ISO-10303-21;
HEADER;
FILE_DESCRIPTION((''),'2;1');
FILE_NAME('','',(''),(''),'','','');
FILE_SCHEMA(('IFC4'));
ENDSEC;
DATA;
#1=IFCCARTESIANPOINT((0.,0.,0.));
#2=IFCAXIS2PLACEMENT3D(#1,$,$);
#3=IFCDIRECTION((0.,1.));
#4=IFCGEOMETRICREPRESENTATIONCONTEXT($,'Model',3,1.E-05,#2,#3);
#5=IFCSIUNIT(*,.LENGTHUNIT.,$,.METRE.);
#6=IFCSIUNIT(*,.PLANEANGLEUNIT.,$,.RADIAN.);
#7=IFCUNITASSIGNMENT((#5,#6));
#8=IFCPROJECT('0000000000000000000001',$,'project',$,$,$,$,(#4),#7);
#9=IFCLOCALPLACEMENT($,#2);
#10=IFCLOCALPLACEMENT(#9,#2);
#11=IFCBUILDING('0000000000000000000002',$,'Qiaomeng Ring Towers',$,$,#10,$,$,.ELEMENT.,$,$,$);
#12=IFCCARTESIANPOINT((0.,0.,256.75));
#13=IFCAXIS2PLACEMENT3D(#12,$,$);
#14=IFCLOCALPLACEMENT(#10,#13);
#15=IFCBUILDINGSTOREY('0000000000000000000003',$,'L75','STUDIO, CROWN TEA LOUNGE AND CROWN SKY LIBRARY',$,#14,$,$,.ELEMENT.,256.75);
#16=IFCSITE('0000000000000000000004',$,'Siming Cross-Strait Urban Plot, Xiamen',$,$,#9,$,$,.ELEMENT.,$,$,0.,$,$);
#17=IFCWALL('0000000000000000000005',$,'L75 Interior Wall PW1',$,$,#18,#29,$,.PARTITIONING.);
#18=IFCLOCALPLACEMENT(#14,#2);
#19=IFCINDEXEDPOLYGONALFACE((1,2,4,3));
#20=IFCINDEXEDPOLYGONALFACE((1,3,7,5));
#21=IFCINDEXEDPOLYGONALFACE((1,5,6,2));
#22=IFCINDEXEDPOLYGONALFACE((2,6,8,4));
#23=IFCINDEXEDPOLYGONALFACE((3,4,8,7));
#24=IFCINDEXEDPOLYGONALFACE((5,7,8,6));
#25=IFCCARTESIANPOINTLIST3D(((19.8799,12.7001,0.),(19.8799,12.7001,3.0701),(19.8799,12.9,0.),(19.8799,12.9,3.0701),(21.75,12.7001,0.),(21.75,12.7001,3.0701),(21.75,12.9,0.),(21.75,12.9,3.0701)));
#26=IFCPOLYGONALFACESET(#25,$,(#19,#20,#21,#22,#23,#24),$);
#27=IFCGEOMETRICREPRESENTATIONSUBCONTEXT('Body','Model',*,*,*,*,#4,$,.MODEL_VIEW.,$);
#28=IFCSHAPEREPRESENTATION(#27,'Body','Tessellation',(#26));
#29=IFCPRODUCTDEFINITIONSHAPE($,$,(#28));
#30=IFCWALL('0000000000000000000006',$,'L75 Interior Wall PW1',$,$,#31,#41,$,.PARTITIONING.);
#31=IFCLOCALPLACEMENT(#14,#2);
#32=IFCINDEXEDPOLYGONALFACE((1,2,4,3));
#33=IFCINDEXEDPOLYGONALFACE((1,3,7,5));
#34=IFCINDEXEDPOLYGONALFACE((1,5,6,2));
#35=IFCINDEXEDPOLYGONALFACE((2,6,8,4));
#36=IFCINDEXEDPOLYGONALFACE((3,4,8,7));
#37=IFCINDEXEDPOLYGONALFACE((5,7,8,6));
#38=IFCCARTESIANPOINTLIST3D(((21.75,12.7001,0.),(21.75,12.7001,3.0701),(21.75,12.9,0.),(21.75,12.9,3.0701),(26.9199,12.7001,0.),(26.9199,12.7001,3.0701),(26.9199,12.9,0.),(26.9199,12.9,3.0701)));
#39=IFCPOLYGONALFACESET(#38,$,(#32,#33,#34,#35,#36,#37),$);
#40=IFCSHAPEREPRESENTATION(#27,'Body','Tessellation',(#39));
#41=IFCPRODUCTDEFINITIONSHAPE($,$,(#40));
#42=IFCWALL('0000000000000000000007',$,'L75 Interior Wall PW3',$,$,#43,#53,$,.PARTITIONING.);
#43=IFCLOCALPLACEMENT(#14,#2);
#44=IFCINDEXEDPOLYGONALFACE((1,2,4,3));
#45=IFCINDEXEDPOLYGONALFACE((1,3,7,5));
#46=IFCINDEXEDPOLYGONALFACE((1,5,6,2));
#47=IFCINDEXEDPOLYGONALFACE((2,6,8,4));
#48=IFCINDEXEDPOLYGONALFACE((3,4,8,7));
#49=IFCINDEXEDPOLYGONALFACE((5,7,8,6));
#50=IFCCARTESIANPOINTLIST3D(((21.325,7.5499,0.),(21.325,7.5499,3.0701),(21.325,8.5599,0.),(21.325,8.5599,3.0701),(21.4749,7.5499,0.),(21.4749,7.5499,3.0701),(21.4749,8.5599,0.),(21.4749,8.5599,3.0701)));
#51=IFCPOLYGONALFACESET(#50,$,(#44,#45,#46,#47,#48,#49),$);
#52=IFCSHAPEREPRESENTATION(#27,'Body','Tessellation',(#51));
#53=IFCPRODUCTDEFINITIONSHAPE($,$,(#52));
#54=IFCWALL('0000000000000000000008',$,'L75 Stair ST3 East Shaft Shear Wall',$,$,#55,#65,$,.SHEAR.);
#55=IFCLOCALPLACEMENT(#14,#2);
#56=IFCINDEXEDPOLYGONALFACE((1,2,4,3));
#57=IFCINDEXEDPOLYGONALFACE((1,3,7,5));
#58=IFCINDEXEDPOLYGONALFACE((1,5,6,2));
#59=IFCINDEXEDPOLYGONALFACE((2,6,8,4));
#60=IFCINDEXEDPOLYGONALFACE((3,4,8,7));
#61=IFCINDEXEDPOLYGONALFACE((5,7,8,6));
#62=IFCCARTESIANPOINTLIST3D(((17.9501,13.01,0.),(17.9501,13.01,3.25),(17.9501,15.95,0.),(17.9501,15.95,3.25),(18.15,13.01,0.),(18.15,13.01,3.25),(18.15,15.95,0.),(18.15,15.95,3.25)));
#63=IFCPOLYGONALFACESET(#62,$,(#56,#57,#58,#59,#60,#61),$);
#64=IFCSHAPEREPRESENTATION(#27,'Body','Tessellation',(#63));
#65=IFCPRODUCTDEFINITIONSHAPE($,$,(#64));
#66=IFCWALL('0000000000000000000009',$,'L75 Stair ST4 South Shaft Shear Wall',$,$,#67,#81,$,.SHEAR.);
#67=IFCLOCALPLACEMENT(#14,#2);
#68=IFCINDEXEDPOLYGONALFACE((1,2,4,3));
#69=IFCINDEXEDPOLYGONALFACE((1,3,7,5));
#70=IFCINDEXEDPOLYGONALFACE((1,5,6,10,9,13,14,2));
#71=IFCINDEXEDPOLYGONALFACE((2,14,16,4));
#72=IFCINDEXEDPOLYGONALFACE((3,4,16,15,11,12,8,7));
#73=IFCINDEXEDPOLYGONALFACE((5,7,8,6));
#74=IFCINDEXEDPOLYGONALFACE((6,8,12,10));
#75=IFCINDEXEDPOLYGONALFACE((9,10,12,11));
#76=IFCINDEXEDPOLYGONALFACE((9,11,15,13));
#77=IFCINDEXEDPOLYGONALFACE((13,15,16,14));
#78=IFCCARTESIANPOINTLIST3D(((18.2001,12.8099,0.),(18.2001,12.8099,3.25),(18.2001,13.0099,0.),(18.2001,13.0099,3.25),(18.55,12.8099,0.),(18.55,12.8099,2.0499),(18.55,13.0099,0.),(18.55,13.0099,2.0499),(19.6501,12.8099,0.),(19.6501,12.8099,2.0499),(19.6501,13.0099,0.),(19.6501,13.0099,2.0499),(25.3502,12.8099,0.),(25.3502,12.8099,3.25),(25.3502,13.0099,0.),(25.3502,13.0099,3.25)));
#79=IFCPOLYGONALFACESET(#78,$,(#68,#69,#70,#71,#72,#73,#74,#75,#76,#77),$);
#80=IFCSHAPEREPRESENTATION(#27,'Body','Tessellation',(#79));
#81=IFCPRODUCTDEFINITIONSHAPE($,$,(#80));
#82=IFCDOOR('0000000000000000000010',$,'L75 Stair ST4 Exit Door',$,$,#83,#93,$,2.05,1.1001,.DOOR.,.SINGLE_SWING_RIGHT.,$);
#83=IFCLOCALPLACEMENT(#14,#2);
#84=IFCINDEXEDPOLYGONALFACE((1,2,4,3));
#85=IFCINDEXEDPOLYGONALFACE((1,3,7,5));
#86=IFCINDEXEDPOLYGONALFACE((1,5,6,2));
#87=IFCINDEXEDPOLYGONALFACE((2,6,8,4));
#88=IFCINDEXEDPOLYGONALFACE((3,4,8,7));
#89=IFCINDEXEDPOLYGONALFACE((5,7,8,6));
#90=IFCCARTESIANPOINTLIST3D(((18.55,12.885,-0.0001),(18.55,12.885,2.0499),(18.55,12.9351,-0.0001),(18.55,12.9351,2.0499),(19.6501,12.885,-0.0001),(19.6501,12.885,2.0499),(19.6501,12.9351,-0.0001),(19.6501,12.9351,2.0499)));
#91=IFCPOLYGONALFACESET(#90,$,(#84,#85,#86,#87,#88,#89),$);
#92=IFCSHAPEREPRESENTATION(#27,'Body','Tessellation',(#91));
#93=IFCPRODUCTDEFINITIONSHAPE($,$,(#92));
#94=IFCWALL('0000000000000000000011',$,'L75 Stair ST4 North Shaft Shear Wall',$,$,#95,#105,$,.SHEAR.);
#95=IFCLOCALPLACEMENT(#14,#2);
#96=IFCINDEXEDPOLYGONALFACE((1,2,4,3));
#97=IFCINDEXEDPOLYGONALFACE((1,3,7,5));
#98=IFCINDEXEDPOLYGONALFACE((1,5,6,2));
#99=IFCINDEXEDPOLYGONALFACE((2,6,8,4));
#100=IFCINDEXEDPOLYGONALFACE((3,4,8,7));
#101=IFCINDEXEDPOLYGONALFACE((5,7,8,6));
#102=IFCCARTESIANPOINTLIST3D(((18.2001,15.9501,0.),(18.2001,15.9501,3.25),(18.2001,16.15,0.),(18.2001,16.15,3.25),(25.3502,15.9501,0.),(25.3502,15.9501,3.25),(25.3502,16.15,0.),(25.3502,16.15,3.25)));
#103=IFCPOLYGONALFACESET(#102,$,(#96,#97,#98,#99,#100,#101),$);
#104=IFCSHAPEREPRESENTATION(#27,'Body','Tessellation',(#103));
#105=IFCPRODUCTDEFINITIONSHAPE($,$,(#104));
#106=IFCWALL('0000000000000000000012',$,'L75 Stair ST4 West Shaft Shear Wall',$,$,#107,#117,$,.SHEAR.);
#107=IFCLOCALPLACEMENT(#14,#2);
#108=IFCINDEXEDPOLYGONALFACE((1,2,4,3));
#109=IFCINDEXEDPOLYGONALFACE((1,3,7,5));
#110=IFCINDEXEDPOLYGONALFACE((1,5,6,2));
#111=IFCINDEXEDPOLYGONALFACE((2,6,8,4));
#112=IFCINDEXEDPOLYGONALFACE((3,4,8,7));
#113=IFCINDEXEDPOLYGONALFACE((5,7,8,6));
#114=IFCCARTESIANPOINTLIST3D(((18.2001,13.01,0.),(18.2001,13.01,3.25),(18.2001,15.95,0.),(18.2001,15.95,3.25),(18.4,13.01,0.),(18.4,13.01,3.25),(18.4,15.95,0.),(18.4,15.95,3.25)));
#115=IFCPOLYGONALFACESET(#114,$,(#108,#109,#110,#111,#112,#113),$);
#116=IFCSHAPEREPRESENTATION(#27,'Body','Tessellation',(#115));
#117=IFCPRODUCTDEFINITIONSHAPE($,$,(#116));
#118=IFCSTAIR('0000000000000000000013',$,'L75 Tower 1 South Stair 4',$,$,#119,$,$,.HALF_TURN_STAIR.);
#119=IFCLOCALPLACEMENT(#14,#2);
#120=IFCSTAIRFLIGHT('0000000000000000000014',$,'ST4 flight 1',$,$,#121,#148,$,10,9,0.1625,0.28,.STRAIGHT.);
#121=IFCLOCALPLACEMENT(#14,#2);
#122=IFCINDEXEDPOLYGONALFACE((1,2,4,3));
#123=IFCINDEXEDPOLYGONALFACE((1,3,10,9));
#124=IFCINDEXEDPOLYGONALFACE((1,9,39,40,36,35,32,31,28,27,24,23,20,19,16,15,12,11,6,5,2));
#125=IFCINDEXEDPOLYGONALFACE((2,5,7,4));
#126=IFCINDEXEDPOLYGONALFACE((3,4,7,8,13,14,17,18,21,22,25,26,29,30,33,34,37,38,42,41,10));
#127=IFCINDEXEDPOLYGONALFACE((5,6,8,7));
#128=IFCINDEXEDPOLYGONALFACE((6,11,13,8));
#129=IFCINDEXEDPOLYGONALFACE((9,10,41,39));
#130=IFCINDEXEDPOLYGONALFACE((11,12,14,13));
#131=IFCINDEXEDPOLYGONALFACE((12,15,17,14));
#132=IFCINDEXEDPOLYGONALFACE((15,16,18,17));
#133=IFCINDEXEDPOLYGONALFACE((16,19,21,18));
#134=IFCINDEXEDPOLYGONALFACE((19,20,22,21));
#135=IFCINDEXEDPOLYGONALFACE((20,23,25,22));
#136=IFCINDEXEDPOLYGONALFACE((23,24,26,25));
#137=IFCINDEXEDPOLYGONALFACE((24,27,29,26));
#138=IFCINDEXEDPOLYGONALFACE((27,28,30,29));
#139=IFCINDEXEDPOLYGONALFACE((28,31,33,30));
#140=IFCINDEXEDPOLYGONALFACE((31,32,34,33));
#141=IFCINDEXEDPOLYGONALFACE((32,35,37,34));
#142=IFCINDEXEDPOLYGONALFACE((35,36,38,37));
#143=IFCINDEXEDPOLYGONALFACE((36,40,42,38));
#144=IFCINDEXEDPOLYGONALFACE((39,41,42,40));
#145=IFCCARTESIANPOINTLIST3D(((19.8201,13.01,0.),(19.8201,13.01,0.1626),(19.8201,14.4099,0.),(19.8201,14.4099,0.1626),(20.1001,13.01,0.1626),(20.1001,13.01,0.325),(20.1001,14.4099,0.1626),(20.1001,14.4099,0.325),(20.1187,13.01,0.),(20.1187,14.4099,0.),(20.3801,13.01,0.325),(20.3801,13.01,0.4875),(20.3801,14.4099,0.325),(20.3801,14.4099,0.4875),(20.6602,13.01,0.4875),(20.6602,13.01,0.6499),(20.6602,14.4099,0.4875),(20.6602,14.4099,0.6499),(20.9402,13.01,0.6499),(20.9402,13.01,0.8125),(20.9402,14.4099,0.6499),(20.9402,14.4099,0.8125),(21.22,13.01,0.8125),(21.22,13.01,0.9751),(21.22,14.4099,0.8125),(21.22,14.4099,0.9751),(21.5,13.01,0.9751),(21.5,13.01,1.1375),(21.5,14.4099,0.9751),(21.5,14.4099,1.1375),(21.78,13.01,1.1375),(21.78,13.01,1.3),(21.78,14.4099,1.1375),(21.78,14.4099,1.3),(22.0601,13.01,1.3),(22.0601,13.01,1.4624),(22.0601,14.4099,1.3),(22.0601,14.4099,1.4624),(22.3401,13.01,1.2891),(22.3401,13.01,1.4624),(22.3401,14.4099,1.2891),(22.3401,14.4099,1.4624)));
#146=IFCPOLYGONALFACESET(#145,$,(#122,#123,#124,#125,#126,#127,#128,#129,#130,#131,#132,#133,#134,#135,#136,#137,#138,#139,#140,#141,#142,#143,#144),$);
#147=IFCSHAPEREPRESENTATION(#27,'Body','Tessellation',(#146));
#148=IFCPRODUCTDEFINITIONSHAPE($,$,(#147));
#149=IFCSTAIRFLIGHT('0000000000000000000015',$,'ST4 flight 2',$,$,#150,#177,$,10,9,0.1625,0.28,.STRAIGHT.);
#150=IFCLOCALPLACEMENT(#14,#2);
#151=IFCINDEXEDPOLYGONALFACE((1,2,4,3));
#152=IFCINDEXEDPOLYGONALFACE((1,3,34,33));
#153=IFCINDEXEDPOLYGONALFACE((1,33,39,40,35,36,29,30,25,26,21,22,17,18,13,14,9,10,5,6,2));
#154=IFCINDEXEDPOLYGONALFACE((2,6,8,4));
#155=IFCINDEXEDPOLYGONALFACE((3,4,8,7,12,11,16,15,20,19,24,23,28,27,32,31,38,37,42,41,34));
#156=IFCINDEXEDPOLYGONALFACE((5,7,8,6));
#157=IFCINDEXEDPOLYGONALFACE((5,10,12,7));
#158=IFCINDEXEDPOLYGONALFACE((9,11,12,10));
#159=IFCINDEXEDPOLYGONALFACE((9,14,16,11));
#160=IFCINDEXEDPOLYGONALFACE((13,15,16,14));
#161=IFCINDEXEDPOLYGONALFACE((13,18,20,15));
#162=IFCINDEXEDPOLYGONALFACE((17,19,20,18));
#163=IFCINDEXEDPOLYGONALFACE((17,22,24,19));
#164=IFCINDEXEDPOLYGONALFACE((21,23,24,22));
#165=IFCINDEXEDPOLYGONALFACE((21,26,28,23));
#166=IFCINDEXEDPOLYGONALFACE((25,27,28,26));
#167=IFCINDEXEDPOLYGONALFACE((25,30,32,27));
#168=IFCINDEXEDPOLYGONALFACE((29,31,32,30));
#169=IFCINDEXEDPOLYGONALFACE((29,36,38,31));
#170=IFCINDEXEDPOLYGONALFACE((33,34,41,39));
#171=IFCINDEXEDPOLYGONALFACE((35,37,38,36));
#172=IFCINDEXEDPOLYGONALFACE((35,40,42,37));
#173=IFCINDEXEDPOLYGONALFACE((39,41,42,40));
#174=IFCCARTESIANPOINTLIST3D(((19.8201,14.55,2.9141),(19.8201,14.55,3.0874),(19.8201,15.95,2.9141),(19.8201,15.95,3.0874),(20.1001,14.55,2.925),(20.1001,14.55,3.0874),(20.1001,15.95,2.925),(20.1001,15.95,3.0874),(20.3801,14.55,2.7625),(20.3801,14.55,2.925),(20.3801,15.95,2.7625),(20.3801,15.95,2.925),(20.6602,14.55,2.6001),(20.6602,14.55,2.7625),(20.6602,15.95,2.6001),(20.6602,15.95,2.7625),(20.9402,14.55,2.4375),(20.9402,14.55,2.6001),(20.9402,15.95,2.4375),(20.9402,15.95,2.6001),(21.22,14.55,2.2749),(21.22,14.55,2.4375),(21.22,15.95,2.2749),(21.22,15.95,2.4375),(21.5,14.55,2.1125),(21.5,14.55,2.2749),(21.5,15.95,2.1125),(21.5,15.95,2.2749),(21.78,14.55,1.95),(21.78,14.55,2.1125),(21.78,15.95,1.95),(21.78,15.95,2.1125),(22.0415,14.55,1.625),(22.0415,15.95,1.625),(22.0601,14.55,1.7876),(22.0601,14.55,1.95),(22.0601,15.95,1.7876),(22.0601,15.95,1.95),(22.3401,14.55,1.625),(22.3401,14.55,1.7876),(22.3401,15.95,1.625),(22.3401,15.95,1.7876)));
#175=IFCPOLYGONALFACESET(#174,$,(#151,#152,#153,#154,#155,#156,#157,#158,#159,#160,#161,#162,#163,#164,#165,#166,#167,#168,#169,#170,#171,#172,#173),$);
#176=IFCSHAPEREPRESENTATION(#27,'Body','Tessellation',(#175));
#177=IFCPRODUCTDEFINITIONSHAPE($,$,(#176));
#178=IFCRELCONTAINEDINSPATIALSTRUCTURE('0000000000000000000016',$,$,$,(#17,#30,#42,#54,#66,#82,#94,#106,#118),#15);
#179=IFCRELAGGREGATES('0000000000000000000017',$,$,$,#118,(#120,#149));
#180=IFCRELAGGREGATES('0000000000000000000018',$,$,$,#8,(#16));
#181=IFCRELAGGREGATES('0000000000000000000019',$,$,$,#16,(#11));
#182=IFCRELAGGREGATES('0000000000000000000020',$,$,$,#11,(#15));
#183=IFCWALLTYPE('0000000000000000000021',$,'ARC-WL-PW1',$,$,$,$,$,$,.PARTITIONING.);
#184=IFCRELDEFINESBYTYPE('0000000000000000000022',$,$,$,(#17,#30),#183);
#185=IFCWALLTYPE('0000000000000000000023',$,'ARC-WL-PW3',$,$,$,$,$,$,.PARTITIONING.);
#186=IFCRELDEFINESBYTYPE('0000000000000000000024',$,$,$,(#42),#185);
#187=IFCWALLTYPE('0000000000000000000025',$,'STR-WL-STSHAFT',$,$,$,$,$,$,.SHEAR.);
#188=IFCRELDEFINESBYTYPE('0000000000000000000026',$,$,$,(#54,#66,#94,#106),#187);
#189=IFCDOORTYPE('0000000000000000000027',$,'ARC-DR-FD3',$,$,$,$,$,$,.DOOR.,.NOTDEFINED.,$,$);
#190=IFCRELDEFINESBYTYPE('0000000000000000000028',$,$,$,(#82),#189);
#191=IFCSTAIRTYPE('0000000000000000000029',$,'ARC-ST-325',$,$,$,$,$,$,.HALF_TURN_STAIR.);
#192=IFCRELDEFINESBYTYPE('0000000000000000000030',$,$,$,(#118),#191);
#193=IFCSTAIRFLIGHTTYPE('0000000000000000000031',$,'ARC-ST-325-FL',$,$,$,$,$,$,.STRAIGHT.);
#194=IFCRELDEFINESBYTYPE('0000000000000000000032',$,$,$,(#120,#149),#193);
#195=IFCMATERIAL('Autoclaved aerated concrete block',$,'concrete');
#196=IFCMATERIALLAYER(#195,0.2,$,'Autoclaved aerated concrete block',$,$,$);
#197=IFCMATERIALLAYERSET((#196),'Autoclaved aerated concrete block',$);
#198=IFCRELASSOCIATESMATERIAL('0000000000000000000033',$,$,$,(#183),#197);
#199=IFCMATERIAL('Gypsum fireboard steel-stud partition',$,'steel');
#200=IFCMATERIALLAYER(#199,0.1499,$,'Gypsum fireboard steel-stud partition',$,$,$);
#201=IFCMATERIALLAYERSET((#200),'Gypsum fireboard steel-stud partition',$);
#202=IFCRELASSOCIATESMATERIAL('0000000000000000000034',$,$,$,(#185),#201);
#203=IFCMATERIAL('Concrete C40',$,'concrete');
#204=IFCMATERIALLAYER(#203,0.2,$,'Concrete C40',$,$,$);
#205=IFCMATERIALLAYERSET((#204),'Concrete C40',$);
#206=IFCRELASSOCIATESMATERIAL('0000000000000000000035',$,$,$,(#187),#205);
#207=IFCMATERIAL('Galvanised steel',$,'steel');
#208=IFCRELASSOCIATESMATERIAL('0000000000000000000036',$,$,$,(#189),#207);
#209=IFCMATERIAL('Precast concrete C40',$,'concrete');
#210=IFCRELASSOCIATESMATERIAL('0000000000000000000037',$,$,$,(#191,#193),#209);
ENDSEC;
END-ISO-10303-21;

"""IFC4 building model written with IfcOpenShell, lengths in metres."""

from ifc_helpers import new_model, si_unit, direction, frame, frame_2d, origin, place, context, subcontext, project, spatial, polyline, rectangle, outline, extrude, source, transform, mapped, material, layer, layer_set, type_object, element, fill, aggregate, save


model = new_model("IFC4")

# Units and contexts
model_context = context("Model", 3, precision=1e-05, world=origin(), true_north=direction((0.0, 1.0)))
body_context = subcontext(model_context, "Body", "Model", "MODEL_VIEW")
ifc_project = project(units=[si_unit("LENGTHUNIT", "METRE"), si_unit("PLANEANGLEUNIT", "RADIAN")], contexts=[model_context])

# Site, building, storey
site_placement = place(None, origin())
site = spatial("IfcSite", under=ifc_project, at=site_placement, Name="Siming Cross-Strait Urban Plot, Xiamen", CompositionType="ELEMENT", RefElevation=0.0)
building_placement = place(site_placement, origin())
building = spatial("IfcBuilding", under=site, at=building_placement, Name="Qiaomeng Ring Towers", CompositionType="ELEMENT")
storey_placement = place(building_placement, frame((0.0, 0.0, 256.75)))
storey = spatial("IfcBuildingStorey", under=building, at=storey_placement, Name="L75", Description="STUDIO, CROWN TEA LOUNGE AND CROWN SKY LIBRARY", CompositionType="ELEMENT", Elevation=256.75)

# Walls
ifc_material_1 = material(Name="Autoclaved aerated concrete block", Category="concrete")
ifc_layer_1 = layer(ifc_material_1, 0.2, Name="Autoclaved aerated concrete block")
ifc_layer_set_1 = layer_set([ifc_layer_1], Name="Autoclaved aerated concrete block")
wall_type_1 = type_object("IfcWallType", Name="ARC-WL-PW1", PredefinedType="PARTITIONING", material=ifc_layer_set_1)
wall_1_placement = place(storey_placement, frame((19.8799, 12.8, 0.0), z_axis=(0.0, 0.0, 1.0), x_axis=(1.0, 0.0, 0.0)))
element("IfcWall", 1, at=wall_1_placement, inside=storey, type_object=wall_type_1, Name="L75 Interior Wall PW1", PredefinedType="PARTITIONING", context=body_context, shape_type="SweptSolid", body=[
    extrude(rectangle(XDim=1.8701, YDim=0.2, at=frame_2d((0.9351, 0.0))), origin(), (0.0, 0.0, 1.0), 3.0701),
])
wall_2_placement = place(storey_placement, frame((21.75, 12.8, 0.0), z_axis=(0.0, 0.0, 1.0), x_axis=(1.0, 0.0, 0.0)))
element("IfcWall", 2, at=wall_2_placement, inside=storey, type_object=wall_type_1, Name="L75 Interior Wall PW1", PredefinedType="PARTITIONING", context=body_context, shape_type="SweptSolid", body=[
    extrude(rectangle(XDim=5.1699, YDim=0.2, at=frame_2d((2.585, 0.0))), origin(), (0.0, 0.0, 1.0), 3.0701),
])
ifc_material_2 = material(Name="Gypsum fireboard steel-stud partition", Category="steel")
ifc_layer_2 = layer(ifc_material_2, 0.1499, Name="Gypsum fireboard steel-stud partition")
ifc_layer_set_2 = layer_set([ifc_layer_2], Name="Gypsum fireboard steel-stud partition")
wall_type_2 = type_object("IfcWallType", Name="ARC-WL-PW3", PredefinedType="PARTITIONING", material=ifc_layer_set_2)
wall_3_placement = place(storey_placement, frame((21.3999, 7.55, 0.0), z_axis=(0.0, 0.0, 1.0), x_axis=(0.0, 1.0, 0.0)))
element("IfcWall", 3, at=wall_3_placement, inside=storey, type_object=wall_type_2, Name="L75 Interior Wall PW3", PredefinedType="PARTITIONING", context=body_context, shape_type="SweptSolid", body=[
    extrude(rectangle(XDim=1.01, YDim=0.1499, at=frame_2d((0.5049, 0.0))), origin(), (0.0, 0.0, 1.0), 3.0701),
])
ifc_material_3 = material(Name="Concrete C40", Category="concrete")
ifc_layer_3 = layer(ifc_material_3, 0.2, Name="Concrete C40")
ifc_layer_set_3 = layer_set([ifc_layer_3], Name="Concrete C40")
wall_type_3 = type_object("IfcWallType", Name="STR-WL-STSHAFT", PredefinedType="SHEAR", material=ifc_layer_set_3)
wall_4_placement = place(storey_placement, frame((18.05, 13.01, 0.0), z_axis=(0.0, 0.0, 1.0), x_axis=(0.0, 1.0, 0.0)))
element("IfcWall", 4, at=wall_4_placement, inside=storey, type_object=wall_type_3, Name="L75 Stair ST3 East Shaft Shear Wall", PredefinedType="SHEAR", context=body_context, shape_type="SweptSolid", body=[
    extrude(rectangle(XDim=2.9399, YDim=0.2, at=frame_2d((1.47, 0.0))), origin(), (0.0, 0.0, 1.0), 3.25),
])

# Wall, opening, door
wall_5_placement = place(storey_placement, frame((18.2, 12.9099, 0.0), z_axis=(0.0, 0.0, 1.0), x_axis=(1.0, 0.0, 0.0)))
wall_5 = element("IfcWall", 5, at=wall_5_placement, inside=storey, type_object=wall_type_3, Name="L75 Stair ST4 South Shaft Shear Wall", PredefinedType="SHEAR", context=body_context, shape_type="SweptSolid", body=[
    extrude(rectangle(XDim=7.1501, YDim=0.2, at=frame_2d((3.5752, 0.0))), origin(), (0.0, 0.0, 1.0), 3.25),
])
opening_placement = place(wall_5_placement, frame((0.3501, 0.0, 0.0)))
opening = element("IfcOpeningElement", 6, at=opening_placement, cuts=wall_5, PredefinedType="OPENING", context=body_context, shape_type="SweptSolid", body=[
    extrude(rectangle(XDim=1.1001, YDim=2.05, at=frame_2d((0.55, 1.0249))), frame((0.0, 0.1099, 0.0), z_axis=(0.0, -1.0, 0.0), x_axis=(1.0, 0.0, 0.0)), (0.0, 0.0, 1.0), 0.22),
])
ifc_material_4 = material(Name="Galvanised steel", Category="steel")
door_type = type_object("IfcDoorType", Name="ARC-DR-FD3", OperationType="NOTDEFINED", PredefinedType="DOOR", material=ifc_material_4)
shared_shape_1 = source(origin(), body_context, "Body", "SweptSolid", [
    extrude(rectangle(XDim=1.1001, YDim=2.05, at=frame_2d((0.55, 1.0249))), frame((0.0, 0.0249, 0.0), z_axis=(0.0, -1.0, 0.0), x_axis=(1.0, 0.0, 0.0)), (0.0, 0.0, 1.0), 0.05),
])
door_placement = place(opening_placement, frame((1.1001, 0.0, 0.0), z_axis=(0.0, 0.0, 1.0), x_axis=(-1.0, 0.0, 0.0)))
door = element("IfcDoor", 7, at=door_placement, inside=storey, type_object=door_type, Name="L75 Stair ST4 Exit Door", OperationType="SINGLE_SWING_RIGHT", OverallHeight=2.05, OverallWidth=1.1001, PredefinedType="DOOR", context=body_context, shape_type="MappedRepresentation", body=[
    mapped(shared_shape_1, transform((0.0, 0.0, 0.0), x_axis=(1.0, 0.0, 0.0), y_axis=(0.0, 1.0, 0.0), z_axis=(0.0, 0.0, 1.0), scale=1.0)),
])
fill(opening, door)

# Walls
wall_6_placement = place(storey_placement, frame((18.2, 16.05, 0.0), z_axis=(0.0, 0.0, 1.0), x_axis=(1.0, 0.0, 0.0)))
element("IfcWall", 8, at=wall_6_placement, inside=storey, type_object=wall_type_3, Name="L75 Stair ST4 North Shaft Shear Wall", PredefinedType="SHEAR", context=body_context, shape_type="SweptSolid", body=[
    extrude(rectangle(XDim=7.1501, YDim=0.2, at=frame_2d((3.5752, 0.0))), origin(), (0.0, 0.0, 1.0), 3.25),
])
wall_7_placement = place(storey_placement, frame((18.3, 13.01, 0.0), z_axis=(0.0, 0.0, 1.0), x_axis=(0.0, 1.0, 0.0)))
element("IfcWall", 9, at=wall_7_placement, inside=storey, type_object=wall_type_3, Name="L75 Stair ST4 West Shaft Shear Wall", PredefinedType="SHEAR", context=body_context, shape_type="SweptSolid", body=[
    extrude(rectangle(XDim=2.9399, YDim=0.2, at=frame_2d((1.47, 0.0))), origin(), (0.0, 0.0, 1.0), 3.25),
])

# Stair, stair flights
ifc_material_5 = material(Name="Precast concrete C40", Category="concrete")
stair_type = type_object("IfcStairType", Name="ARC-ST-325", PredefinedType="HALF_TURN_STAIR", material=ifc_material_5)
stair_placement = place(storey_placement, origin())
stair = element("IfcStair", 10, at=stair_placement, inside=storey, type_object=stair_type, Name="L75 Tower 1 South Stair 4", PredefinedType="HALF_TURN_STAIR")
stair_flight_type = type_object("IfcStairFlightType", Name="ARC-ST-325-FL", PredefinedType="STRAIGHT", material=ifc_material_5)
shared_shape_2 = source(origin(), body_context, "Body", "SweptSolid", [
    extrude(outline(polyline([(0.0, 0.0), (0.0, 0.1626), (0.28, 0.1626), (0.28, 0.325), (0.5601, 0.325), (0.5601, 0.4875), (0.8401, 0.4875), (0.8401, 0.6499), (1.1201, 0.6499), (1.1201, 0.8125), (1.3999, 0.8125), (1.3999, 0.9751), (1.6799, 0.9751), (1.6799, 1.1375), (1.96, 1.1375), (1.96, 1.3), (2.24, 1.3), (2.24, 1.4624), (2.52, 1.4624), (2.52, 1.625), (2.52, 1.2891), (0.2986, 0.0), (0.0, 0.0)])), frame((0.0, 0.7, 0.0), z_axis=(0.0, -1.0, 0.0), x_axis=(1.0, 0.0, 0.0)), (0.0, 0.0, 1.0), 1.3999),
])
stair_flight_1_placement = place(storey_placement, frame((19.8201, 13.71, 0.0), z_axis=(0.0, 0.0, 1.0), x_axis=(1.0, 0.0, 0.0)))
stair_flight_1 = element("IfcStairFlight", 11, at=stair_flight_1_placement, type_object=stair_flight_type, Name="ST4 flight 1", NumberOfRisers=10, NumberOfTreads=9, PredefinedType="STRAIGHT", RiserHeight=0.1625, TreadLength=0.28, context=body_context, shape_type="MappedRepresentation", body=[
    mapped(shared_shape_2, transform((0.0, 0.0, 0.0), x_axis=(1.0, 0.0, 0.0), y_axis=(0.0, 1.0, 0.0), z_axis=(0.0, 0.0, 1.0), scale=1.0)),
])
stair_flight_2_placement = place(storey_placement, frame((22.3401, 15.25, 1.625), z_axis=(0.0, 0.0, 1.0), x_axis=(-1.0, 0.0, 0.0)))
stair_flight_2 = element("IfcStairFlight", 12, at=stair_flight_2_placement, type_object=stair_flight_type, Name="ST4 flight 2", NumberOfRisers=10, NumberOfTreads=9, PredefinedType="STRAIGHT", RiserHeight=0.1625, TreadLength=0.28, context=body_context, shape_type="MappedRepresentation", body=[
    mapped(shared_shape_2, transform((0.0, 0.0, 0.0), x_axis=(1.0, 0.0, 0.0), y_axis=(0.0, 1.0, 0.0), z_axis=(0.0, 0.0, 1.0), scale=1.0)),
])
aggregate(stair, [stair_flight_1, stair_flight_2])

save(model, "model.ifc")
